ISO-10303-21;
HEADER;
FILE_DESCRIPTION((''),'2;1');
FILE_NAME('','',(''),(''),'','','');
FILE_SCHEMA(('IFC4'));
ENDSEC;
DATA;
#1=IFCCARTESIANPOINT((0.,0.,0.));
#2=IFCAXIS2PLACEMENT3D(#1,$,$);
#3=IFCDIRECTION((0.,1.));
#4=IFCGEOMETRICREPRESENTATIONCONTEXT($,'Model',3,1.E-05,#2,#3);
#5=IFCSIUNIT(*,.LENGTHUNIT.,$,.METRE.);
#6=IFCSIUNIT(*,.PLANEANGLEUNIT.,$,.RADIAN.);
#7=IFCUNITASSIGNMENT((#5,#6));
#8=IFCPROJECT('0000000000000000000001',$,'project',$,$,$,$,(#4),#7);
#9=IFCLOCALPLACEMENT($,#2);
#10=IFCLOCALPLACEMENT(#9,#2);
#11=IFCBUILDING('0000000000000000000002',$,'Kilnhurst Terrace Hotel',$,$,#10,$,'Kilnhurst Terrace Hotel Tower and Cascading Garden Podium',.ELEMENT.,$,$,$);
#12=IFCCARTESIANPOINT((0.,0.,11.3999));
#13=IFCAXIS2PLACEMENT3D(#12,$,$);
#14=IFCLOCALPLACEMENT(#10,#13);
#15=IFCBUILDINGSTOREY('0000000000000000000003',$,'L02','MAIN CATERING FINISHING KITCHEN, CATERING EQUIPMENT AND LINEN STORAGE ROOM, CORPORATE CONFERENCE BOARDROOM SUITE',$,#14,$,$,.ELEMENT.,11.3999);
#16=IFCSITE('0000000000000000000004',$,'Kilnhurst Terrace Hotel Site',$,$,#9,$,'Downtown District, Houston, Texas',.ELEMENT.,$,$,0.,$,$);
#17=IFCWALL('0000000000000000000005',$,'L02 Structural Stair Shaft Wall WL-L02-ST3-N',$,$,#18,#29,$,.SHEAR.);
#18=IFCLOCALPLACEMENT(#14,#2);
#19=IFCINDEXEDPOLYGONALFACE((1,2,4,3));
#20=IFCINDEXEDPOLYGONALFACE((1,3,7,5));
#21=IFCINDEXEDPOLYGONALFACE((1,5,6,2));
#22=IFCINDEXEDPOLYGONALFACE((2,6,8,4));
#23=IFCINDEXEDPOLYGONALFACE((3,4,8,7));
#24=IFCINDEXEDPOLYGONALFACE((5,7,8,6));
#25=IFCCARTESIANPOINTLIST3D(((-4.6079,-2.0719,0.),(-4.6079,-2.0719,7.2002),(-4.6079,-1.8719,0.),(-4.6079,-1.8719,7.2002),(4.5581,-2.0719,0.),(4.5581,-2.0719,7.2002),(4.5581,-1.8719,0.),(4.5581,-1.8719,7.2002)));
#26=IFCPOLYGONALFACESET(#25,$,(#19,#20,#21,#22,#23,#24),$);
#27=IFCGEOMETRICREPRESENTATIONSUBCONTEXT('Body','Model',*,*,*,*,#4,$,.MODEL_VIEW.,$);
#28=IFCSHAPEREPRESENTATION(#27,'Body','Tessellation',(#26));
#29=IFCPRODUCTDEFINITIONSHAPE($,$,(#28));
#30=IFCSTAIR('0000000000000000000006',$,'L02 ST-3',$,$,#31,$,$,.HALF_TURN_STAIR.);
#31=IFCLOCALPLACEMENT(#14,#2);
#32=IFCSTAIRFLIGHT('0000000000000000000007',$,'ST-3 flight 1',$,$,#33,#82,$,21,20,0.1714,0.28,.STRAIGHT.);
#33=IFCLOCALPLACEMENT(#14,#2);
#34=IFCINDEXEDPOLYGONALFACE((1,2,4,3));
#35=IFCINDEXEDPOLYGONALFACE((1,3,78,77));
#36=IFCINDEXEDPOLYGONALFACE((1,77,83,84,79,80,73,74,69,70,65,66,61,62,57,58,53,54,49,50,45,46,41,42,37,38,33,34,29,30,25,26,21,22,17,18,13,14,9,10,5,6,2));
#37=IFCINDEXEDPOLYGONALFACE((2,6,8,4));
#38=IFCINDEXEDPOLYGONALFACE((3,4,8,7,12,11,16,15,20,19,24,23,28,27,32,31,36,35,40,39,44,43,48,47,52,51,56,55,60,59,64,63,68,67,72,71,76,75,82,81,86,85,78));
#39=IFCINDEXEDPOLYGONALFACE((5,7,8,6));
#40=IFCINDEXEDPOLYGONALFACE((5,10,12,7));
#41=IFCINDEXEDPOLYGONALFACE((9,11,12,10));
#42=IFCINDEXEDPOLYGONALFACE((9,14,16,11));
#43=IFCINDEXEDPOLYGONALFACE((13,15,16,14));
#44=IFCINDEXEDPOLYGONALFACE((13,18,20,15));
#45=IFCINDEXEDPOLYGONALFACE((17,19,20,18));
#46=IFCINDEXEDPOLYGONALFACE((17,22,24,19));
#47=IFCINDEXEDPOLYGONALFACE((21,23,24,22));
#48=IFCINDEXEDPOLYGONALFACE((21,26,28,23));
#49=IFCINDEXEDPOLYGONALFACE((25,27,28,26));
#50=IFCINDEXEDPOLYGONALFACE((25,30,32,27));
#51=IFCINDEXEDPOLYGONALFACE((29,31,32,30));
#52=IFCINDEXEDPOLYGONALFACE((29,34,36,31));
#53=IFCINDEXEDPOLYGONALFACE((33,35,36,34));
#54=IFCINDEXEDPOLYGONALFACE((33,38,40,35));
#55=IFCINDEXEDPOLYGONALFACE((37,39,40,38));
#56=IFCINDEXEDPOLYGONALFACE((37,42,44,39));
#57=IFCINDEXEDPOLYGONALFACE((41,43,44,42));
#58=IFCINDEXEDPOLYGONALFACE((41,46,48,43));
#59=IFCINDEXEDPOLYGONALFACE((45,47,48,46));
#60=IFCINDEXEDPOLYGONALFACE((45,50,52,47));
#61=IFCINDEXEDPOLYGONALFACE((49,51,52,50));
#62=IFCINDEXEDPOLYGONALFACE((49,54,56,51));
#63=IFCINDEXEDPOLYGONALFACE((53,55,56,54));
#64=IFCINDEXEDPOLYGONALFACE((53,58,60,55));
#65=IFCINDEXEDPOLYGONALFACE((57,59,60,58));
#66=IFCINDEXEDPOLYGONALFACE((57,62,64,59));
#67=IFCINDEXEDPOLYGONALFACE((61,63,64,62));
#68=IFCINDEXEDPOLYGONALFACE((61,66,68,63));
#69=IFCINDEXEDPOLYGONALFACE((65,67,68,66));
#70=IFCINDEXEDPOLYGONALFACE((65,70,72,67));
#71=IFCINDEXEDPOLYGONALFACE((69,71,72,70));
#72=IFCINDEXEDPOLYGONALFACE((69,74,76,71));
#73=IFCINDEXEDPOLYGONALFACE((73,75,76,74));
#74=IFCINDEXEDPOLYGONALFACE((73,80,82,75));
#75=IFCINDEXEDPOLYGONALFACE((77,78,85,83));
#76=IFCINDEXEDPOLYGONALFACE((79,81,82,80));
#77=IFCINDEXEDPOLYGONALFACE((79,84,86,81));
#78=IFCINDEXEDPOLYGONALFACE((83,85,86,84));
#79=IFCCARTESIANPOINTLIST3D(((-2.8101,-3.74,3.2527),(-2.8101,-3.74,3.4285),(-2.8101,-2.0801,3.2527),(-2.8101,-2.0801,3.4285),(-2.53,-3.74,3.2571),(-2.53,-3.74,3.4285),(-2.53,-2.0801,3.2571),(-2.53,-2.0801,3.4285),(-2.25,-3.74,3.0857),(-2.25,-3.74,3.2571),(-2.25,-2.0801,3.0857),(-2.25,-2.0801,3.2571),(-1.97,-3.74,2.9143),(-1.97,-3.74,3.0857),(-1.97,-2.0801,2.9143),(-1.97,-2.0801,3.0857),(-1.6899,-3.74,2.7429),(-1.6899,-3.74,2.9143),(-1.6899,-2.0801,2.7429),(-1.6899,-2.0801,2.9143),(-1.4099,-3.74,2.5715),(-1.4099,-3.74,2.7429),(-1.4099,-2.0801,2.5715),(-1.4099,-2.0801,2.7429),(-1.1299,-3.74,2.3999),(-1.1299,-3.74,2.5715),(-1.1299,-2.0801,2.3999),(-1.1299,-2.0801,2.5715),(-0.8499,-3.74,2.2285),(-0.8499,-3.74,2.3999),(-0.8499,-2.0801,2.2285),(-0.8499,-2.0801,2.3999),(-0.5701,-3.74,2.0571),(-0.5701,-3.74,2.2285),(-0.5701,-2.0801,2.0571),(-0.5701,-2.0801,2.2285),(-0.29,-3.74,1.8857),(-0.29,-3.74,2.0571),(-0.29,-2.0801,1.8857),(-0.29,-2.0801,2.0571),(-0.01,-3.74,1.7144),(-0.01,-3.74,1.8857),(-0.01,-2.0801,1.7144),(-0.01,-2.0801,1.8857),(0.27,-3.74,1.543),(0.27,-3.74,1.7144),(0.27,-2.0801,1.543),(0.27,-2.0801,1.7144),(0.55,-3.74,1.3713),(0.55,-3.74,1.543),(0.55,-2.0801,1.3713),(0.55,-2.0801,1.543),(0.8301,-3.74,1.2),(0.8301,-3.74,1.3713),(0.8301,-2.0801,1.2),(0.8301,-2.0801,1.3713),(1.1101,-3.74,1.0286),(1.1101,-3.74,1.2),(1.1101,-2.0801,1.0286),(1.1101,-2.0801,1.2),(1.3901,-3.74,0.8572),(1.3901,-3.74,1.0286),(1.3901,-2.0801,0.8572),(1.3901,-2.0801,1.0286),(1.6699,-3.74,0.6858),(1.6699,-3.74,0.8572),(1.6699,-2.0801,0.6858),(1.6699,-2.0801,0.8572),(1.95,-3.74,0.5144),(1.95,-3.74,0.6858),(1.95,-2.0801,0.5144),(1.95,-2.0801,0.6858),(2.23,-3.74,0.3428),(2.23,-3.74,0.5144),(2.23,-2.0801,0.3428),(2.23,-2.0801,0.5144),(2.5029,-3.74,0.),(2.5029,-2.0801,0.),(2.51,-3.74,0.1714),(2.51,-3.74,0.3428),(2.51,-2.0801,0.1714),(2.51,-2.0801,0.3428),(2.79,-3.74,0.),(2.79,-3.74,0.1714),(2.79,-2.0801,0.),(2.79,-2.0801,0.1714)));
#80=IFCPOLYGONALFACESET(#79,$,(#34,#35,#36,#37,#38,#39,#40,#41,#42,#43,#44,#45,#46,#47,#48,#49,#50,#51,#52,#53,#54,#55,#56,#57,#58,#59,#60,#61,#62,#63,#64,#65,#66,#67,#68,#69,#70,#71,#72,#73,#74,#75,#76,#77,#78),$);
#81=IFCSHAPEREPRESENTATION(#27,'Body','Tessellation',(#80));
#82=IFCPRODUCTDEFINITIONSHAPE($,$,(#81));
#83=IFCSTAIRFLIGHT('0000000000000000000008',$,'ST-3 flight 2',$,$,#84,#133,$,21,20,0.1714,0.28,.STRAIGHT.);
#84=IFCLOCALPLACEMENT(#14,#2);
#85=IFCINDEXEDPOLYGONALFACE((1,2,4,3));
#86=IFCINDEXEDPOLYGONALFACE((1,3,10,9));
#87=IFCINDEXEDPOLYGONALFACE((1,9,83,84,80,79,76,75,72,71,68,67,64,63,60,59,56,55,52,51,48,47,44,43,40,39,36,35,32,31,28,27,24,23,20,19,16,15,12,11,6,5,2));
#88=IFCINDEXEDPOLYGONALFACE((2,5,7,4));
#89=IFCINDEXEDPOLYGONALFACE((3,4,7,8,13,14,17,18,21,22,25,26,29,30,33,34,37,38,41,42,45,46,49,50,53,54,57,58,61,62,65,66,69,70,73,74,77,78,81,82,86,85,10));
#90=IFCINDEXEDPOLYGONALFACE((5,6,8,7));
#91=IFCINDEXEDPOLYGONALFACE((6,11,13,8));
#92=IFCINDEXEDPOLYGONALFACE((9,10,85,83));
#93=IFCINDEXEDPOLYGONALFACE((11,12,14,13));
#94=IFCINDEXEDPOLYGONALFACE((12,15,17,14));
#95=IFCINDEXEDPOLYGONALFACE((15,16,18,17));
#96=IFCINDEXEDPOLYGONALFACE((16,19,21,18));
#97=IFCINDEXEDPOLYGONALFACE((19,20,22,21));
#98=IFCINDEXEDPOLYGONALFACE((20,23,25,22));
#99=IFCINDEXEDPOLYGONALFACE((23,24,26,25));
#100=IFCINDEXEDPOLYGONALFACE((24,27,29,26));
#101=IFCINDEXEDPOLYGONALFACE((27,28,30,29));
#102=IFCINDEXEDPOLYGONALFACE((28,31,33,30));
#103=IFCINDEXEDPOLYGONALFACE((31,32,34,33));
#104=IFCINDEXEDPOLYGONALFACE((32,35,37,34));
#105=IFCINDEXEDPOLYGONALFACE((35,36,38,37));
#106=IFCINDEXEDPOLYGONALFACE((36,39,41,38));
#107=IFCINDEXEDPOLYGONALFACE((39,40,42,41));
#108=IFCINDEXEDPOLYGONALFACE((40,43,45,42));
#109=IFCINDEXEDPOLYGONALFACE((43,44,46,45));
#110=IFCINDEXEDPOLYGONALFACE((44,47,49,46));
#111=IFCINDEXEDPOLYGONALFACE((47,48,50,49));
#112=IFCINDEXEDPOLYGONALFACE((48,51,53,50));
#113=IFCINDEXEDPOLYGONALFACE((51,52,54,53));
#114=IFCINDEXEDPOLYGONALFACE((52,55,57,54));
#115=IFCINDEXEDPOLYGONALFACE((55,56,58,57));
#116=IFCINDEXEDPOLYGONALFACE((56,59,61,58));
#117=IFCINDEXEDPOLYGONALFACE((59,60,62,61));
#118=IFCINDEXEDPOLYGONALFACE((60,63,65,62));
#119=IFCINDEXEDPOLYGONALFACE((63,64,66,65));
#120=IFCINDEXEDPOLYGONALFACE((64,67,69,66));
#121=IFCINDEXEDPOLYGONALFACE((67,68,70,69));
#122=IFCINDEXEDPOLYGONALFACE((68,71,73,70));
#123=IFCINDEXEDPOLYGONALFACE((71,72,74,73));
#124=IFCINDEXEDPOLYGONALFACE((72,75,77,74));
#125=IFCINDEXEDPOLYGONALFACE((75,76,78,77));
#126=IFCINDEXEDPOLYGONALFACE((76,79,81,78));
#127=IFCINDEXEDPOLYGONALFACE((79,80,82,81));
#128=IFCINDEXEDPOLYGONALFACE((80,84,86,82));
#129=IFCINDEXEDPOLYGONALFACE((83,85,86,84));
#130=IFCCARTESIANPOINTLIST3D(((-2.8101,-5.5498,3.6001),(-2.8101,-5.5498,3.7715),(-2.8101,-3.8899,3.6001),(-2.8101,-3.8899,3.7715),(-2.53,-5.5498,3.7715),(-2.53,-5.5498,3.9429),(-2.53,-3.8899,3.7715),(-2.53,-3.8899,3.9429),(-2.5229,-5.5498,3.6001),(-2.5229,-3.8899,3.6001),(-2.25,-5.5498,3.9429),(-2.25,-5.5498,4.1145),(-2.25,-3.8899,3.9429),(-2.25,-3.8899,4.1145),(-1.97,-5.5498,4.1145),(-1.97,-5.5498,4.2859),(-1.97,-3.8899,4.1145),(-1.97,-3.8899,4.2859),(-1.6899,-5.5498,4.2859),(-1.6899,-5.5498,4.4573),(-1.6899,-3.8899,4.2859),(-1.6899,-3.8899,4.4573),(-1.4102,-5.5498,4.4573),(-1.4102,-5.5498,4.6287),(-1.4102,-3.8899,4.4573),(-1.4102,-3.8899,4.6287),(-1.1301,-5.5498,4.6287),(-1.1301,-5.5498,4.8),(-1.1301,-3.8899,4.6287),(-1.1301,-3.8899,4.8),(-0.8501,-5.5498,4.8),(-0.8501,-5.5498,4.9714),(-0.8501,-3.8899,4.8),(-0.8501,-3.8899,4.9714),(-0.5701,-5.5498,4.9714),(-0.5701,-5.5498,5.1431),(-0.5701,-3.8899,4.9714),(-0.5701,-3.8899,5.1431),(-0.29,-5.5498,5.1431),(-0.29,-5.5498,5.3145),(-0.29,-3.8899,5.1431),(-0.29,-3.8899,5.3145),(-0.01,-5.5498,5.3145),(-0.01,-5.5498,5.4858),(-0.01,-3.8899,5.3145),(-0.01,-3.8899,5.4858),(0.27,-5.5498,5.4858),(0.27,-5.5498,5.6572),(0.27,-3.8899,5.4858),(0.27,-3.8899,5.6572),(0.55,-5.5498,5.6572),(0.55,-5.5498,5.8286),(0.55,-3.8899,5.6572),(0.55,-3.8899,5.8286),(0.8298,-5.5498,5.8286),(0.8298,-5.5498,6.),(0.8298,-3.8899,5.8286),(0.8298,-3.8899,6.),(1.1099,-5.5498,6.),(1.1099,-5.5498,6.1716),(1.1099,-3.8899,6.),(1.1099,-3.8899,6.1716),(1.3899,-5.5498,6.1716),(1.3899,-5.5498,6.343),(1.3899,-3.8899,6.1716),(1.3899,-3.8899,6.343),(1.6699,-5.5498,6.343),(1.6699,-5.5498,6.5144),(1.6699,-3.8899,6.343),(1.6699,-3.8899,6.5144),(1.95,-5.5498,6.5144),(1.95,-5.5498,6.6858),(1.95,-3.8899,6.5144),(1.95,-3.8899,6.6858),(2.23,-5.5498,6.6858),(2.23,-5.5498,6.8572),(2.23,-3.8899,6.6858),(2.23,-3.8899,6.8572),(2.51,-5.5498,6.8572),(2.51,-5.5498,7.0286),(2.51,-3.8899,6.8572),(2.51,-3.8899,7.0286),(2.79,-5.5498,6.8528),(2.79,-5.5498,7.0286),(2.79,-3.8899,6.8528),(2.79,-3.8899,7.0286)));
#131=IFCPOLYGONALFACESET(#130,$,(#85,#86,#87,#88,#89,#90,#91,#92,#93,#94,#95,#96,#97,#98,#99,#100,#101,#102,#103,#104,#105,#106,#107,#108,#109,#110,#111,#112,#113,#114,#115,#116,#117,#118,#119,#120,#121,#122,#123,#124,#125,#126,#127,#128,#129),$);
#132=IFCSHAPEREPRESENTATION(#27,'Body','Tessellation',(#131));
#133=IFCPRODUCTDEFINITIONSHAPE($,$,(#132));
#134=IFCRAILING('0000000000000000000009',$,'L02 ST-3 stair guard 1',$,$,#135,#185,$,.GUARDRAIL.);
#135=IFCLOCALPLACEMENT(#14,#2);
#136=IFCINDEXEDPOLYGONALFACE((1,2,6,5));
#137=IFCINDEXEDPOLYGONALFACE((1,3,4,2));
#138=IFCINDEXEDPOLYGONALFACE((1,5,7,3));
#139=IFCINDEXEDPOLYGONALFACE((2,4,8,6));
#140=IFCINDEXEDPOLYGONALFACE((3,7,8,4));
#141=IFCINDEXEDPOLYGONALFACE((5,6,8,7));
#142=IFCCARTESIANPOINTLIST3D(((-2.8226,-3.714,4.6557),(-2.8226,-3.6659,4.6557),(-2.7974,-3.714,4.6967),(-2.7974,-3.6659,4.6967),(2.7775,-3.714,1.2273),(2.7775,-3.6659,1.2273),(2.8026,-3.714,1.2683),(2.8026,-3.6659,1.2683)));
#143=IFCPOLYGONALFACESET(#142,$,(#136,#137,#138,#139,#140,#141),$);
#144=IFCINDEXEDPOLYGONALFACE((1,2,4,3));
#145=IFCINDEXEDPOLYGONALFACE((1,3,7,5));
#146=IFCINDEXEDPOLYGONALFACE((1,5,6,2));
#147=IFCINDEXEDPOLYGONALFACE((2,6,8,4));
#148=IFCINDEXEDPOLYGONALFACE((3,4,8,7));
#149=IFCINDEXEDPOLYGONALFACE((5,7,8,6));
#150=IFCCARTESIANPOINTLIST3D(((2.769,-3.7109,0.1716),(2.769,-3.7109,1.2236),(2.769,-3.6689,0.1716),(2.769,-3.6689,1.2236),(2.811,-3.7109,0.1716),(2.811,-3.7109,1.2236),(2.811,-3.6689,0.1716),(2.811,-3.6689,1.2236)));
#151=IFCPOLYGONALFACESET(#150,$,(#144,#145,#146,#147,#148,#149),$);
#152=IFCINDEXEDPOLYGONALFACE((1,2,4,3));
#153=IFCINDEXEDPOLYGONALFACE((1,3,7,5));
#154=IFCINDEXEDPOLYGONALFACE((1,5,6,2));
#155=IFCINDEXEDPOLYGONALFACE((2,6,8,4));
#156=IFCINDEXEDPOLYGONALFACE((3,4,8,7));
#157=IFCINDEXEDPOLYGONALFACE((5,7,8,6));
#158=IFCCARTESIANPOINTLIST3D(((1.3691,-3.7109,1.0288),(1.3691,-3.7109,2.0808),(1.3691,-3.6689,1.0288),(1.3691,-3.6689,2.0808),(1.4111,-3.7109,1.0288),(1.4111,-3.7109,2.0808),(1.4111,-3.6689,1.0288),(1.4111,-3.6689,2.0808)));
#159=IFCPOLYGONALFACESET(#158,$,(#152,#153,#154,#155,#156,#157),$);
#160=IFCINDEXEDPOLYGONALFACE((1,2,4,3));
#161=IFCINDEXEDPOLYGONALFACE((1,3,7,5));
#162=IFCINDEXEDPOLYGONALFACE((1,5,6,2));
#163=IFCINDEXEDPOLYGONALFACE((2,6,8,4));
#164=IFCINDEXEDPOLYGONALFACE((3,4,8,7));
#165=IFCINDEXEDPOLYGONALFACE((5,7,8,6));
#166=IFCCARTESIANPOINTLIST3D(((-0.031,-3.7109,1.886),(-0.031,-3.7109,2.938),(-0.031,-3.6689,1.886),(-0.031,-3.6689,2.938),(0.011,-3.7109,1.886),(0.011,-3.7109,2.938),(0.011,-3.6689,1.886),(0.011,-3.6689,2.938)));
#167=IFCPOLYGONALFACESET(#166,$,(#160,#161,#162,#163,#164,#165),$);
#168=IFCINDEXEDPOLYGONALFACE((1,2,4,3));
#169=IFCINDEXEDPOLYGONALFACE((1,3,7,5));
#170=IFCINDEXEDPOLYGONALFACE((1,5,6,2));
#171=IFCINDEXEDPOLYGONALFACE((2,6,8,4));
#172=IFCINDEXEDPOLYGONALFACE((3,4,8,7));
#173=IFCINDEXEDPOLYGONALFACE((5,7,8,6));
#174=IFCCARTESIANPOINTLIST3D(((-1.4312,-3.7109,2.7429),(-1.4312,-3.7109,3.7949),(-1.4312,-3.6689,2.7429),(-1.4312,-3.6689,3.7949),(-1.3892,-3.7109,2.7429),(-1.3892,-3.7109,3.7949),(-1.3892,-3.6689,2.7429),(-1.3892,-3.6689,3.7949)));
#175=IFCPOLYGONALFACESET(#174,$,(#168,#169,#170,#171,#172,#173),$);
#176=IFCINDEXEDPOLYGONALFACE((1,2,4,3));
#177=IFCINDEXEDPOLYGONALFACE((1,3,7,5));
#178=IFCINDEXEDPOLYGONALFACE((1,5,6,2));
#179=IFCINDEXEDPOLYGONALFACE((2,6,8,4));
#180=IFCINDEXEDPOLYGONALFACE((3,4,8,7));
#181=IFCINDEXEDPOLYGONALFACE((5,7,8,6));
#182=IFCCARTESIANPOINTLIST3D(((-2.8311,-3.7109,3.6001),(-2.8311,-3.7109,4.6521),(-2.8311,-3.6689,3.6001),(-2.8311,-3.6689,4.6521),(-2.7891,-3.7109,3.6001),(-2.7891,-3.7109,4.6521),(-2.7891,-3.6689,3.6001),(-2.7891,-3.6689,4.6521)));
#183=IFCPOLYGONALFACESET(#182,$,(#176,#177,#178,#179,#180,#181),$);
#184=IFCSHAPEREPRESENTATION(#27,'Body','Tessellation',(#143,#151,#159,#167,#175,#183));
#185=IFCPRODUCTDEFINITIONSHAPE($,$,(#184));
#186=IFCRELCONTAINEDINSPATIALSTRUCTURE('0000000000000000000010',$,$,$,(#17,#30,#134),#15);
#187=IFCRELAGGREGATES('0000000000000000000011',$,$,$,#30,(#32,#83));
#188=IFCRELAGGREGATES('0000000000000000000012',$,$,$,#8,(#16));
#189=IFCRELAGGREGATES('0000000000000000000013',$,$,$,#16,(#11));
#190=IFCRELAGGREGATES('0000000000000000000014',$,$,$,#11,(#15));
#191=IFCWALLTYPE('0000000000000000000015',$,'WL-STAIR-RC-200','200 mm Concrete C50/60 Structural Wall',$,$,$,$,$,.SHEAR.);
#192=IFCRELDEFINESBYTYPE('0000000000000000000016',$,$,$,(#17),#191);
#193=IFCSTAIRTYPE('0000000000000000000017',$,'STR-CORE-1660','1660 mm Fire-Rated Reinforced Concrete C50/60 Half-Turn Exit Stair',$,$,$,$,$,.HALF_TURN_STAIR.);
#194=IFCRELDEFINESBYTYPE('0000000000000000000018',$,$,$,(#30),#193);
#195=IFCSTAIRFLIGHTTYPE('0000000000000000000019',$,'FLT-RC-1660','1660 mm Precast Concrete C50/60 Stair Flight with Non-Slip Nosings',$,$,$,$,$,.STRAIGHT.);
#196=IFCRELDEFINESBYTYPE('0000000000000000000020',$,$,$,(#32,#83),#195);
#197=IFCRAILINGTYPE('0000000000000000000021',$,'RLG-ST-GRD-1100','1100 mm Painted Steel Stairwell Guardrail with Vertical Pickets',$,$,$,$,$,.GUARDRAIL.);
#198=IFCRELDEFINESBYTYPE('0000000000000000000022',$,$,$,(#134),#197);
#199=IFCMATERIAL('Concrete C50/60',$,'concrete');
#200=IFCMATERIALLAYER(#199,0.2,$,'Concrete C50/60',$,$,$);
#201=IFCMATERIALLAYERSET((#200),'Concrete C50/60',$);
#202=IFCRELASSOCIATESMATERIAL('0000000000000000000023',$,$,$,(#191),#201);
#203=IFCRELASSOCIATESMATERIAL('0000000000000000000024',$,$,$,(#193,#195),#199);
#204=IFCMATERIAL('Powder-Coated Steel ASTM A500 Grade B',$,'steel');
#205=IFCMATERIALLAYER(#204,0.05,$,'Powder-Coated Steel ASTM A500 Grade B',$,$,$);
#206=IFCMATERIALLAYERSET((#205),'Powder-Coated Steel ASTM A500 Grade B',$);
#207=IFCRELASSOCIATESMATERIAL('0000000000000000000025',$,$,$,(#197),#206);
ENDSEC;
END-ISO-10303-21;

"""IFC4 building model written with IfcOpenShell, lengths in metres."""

from ifc_helpers import new_model, si_unit, direction, frame, frame_2d, origin, origin_2d, place, context, subcontext, project, spatial, polyline, rectangle, outline, extrude, material, layer, layer_set, type_object, element, aggregate, save


model = new_model("IFC4")

# Units and contexts
model_context = context("Model", 3, precision=1e-05, world=origin(), true_north=direction((0.0, 1.0)))
body_context = subcontext(model_context, "Body", "Model", "MODEL_VIEW")
ifc_project = project(units=[si_unit("LENGTHUNIT", "METRE"), si_unit("PLANEANGLEUNIT", "RADIAN")], contexts=[model_context])

# Site, building, storey
site_placement = place(None, origin())
site = spatial("IfcSite", under=ifc_project, at=site_placement, Name="Kilnhurst Terrace Hotel Site", LongName="Downtown District, Houston, Texas", CompositionType="ELEMENT", RefElevation=0.0)
building_placement = place(site_placement, origin())
building = spatial("IfcBuilding", under=site, at=building_placement, Name="Kilnhurst Terrace Hotel", LongName="Kilnhurst Terrace Hotel Tower and Cascading Garden Podium", CompositionType="ELEMENT")
storey_placement = place(building_placement, frame((0.0, 0.0, 11.3999)))
storey = spatial("IfcBuildingStorey", under=building, at=storey_placement, Name="L02", Description="MAIN CATERING FINISHING KITCHEN, CATERING EQUIPMENT AND LINEN STORAGE ROOM, CORPORATE CONFERENCE BOARDROOM SUITE", CompositionType="ELEMENT", Elevation=11.3999)

# Shared definitions
ifc_material_1 = material(Name="Concrete C50/60", Category="concrete")

# Wall
ifc_layer_1 = layer(ifc_material_1, 0.2, Name="Concrete C50/60")
ifc_layer_set_1 = layer_set([ifc_layer_1], Name="Concrete C50/60")
wall_type_1 = type_object("IfcWallType", Name="WL-STAIR-RC-200", Description="200 mm Concrete C50/60 Structural Wall", PredefinedType="SHEAR", material=ifc_layer_set_1)
wall_1_placement = place(storey_placement, frame((-4.6079, -1.9719, 0.0), z_axis=(0.0, 0.0, 1.0), x_axis=(1.0, 0.0, 0.0)))
element("IfcWall", 1, at=wall_1_placement, inside=storey, type_object=wall_type_1, Name="L02 Structural Stair Shaft Wall WL-L02-ST3-N", PredefinedType="SHEAR", context=body_context, shape_type="SweptSolid", body=[
    extrude(rectangle(XDim=9.166, YDim=0.2, at=frame_2d((4.583, 0.0))), origin(), (0.0, 0.0, 1.0), 7.2002),
])

# Stair, stair flights
stair_type = type_object("IfcStairType", Name="STR-CORE-1660", Description="1660 mm Fire-Rated Reinforced Concrete C50/60 Half-Turn Exit Stair", PredefinedType="HALF_TURN_STAIR", material=ifc_material_1)
stair_placement = place(storey_placement, origin())
stair = element("IfcStair", 2, at=stair_placement, inside=storey, type_object=stair_type, Name="L02 ST-3", PredefinedType="HALF_TURN_STAIR")
stair_flight_type = type_object("IfcStairFlightType", Name="FLT-RC-1660", Description="1660 mm Precast Concrete C50/60 Stair Flight with Non-Slip Nosings", PredefinedType="STRAIGHT", material=ifc_material_1)
stair_flight_1_placement = place(storey_placement, frame((2.79, -2.9099, 0.0), z_axis=(0.0, 0.0, 1.0), x_axis=(-1.0, 0.0, 0.0)))
stair_flight_1 = element("IfcStairFlight", 3, at=stair_flight_1_placement, type_object=stair_flight_type, Name="ST-3 flight 1", NumberOfRisers=21, NumberOfTreads=20, PredefinedType="STRAIGHT", RiserHeight=0.1714, TreadLength=0.28, context=body_context, shape_type="SweptSolid", body=[
    extrude(outline(polyline([(0.0, 0.0), (0.0, 0.1714), (0.28, 0.1714), (0.28, 0.3428), (0.5601, 0.3428), (0.5601, 0.5144), (0.8401, 0.5144), (0.8401, 0.6858), (1.1201, 0.6858), (1.1201, 0.8572), (1.3999, 0.8572), (1.3999, 1.0286), (1.6799, 1.0286), (1.6799, 1.2), (1.96, 1.2), (1.96, 1.3713), (2.24, 1.3713), (2.24, 1.543), (2.52, 1.543), (2.52, 1.7144), (2.8, 1.7144), (2.8, 1.8857), (3.0801, 1.8857), (3.0801, 2.0571), (3.3601, 2.0571), (3.3601, 2.2285), (3.6399, 2.2285), (3.6399, 2.3999), (3.9199, 2.3999), (3.9199, 2.5715), (4.2, 2.5715), (4.2, 2.7429), (4.48, 2.7429), (4.48, 2.9143), (4.76, 2.9143), (4.76, 3.0857), (5.04, 3.0857), (5.04, 3.2571), (5.3201, 3.2571), (5.3201, 3.4285), (5.6001, 3.4285), (5.6001, 3.6001), (5.6001, 3.2527), (0.2871, 0.0), (0.0, 0.0)])), frame((0.0, 0.8301, 0.0), z_axis=(0.0, -1.0, 0.0), x_axis=(1.0, 0.0, 0.0)), (0.0, 0.0, 1.0), 1.6599),
])
stair_flight_2_placement = place(storey_placement, frame((-2.8101, -4.72, 3.6001), z_axis=(0.0, 0.0, 1.0), x_axis=(1.0, 0.0, 0.0)))
stair_flight_2 = element("IfcStairFlight", 4, at=stair_flight_2_placement, type_object=stair_flight_type, Name="ST-3 flight 2", NumberOfRisers=21, NumberOfTreads=20, PredefinedType="STRAIGHT", RiserHeight=0.1714, TreadLength=0.28, context=body_context, shape_type="SweptSolid", body=[
    extrude(outline(polyline([(0.0, 0.0), (0.0, 0.1714), (0.28, 0.1714), (0.28, 0.3428), (0.5601, 0.3428), (0.5601, 0.5144), (0.8401, 0.5144), (0.8401, 0.6858), (1.1201, 0.6858), (1.1201, 0.8572), (1.3999, 0.8572), (1.3999, 1.0286), (1.6799, 1.0286), (1.6799, 1.2), (1.96, 1.2), (1.96, 1.3713), (2.24, 1.3713), (2.24, 1.543), (2.52, 1.543), (2.52, 1.7144), (2.8, 1.7144), (2.8, 1.8857), (3.0801, 1.8857), (3.0801, 2.0571), (3.3601, 2.0571), (3.3601, 2.2285), (3.6399, 2.2285), (3.6399, 2.3999), (3.9199, 2.3999), (3.9199, 2.5715), (4.2, 2.5715), (4.2, 2.7429), (4.48, 2.7429), (4.48, 2.9143), (4.76, 2.9143), (4.76, 3.0857), (5.04, 3.0857), (5.04, 3.2571), (5.3201, 3.2571), (5.3201, 3.4285), (5.6001, 3.4285), (5.6001, 3.6001), (5.6001, 3.2527), (0.2871, 0.0), (0.0, 0.0)])), frame((0.0, 0.8301, 0.0), z_axis=(0.0, -1.0, 0.0), x_axis=(1.0, 0.0, 0.0)), (0.0, 0.0, 1.0), 1.6599),
])
aggregate(stair, [stair_flight_1, stair_flight_2])

# Railing
ifc_material_2 = material(Name="Powder-Coated Steel ASTM A500 Grade B", Category="steel")
ifc_layer_2 = layer(ifc_material_2, 0.05, Name="Powder-Coated Steel ASTM A500 Grade B")
ifc_layer_set_2 = layer_set([ifc_layer_2], Name="Powder-Coated Steel ASTM A500 Grade B")
railing_type_1 = type_object("IfcRailingType", Name="RLG-ST-GRD-1100", Description="1100 mm Painted Steel Stairwell Guardrail with Vertical Pickets", PredefinedType="GUARDRAIL", material=ifc_layer_set_2)
railing_1_placement = place(storey_placement, frame((2.79, -3.6899, 0.1716)))
element("IfcRailing", 5, at=railing_1_placement, inside=storey, type_object=railing_type_1, Name="L02 ST-3 stair guard 1", PredefinedType="GUARDRAIL", context=body_context, shape_type="SweptSolid", body=[
    extrude(rectangle(XDim=0.0481, YDim=0.0481, at=origin_2d()), frame((0.0, 0.0, 1.0762), z_axis=(-0.852862, 0.0, 0.522136), x_axis=(0.0, -1.0, 0.0)), (0.0, 0.0, 1.0), 6.5662),
    extrude(rectangle(XDim=0.042, YDim=0.042, at=origin_2d()), origin(), (0.0, 0.0, 1.0), 1.052),
    extrude(rectangle(XDim=0.042, YDim=0.042, at=origin_2d()), frame((-1.3999, 0.0, 0.8572)), (0.0, 0.0, 1.0), 1.052),
    extrude(rectangle(XDim=0.042, YDim=0.042, at=origin_2d()), frame((-2.8, 0.0, 1.7144)), (0.0, 0.0, 1.0), 1.052),
    extrude(rectangle(XDim=0.042, YDim=0.042, at=origin_2d()), frame((-4.2002, 0.0, 2.5713)), (0.0, 0.0, 1.0), 1.052),
    extrude(rectangle(XDim=0.042, YDim=0.042, at=origin_2d()), frame((-5.6001, 0.0, 3.4285)), (0.0, 0.0, 1.0), 1.052),
])

save(model, "model.ifc")
